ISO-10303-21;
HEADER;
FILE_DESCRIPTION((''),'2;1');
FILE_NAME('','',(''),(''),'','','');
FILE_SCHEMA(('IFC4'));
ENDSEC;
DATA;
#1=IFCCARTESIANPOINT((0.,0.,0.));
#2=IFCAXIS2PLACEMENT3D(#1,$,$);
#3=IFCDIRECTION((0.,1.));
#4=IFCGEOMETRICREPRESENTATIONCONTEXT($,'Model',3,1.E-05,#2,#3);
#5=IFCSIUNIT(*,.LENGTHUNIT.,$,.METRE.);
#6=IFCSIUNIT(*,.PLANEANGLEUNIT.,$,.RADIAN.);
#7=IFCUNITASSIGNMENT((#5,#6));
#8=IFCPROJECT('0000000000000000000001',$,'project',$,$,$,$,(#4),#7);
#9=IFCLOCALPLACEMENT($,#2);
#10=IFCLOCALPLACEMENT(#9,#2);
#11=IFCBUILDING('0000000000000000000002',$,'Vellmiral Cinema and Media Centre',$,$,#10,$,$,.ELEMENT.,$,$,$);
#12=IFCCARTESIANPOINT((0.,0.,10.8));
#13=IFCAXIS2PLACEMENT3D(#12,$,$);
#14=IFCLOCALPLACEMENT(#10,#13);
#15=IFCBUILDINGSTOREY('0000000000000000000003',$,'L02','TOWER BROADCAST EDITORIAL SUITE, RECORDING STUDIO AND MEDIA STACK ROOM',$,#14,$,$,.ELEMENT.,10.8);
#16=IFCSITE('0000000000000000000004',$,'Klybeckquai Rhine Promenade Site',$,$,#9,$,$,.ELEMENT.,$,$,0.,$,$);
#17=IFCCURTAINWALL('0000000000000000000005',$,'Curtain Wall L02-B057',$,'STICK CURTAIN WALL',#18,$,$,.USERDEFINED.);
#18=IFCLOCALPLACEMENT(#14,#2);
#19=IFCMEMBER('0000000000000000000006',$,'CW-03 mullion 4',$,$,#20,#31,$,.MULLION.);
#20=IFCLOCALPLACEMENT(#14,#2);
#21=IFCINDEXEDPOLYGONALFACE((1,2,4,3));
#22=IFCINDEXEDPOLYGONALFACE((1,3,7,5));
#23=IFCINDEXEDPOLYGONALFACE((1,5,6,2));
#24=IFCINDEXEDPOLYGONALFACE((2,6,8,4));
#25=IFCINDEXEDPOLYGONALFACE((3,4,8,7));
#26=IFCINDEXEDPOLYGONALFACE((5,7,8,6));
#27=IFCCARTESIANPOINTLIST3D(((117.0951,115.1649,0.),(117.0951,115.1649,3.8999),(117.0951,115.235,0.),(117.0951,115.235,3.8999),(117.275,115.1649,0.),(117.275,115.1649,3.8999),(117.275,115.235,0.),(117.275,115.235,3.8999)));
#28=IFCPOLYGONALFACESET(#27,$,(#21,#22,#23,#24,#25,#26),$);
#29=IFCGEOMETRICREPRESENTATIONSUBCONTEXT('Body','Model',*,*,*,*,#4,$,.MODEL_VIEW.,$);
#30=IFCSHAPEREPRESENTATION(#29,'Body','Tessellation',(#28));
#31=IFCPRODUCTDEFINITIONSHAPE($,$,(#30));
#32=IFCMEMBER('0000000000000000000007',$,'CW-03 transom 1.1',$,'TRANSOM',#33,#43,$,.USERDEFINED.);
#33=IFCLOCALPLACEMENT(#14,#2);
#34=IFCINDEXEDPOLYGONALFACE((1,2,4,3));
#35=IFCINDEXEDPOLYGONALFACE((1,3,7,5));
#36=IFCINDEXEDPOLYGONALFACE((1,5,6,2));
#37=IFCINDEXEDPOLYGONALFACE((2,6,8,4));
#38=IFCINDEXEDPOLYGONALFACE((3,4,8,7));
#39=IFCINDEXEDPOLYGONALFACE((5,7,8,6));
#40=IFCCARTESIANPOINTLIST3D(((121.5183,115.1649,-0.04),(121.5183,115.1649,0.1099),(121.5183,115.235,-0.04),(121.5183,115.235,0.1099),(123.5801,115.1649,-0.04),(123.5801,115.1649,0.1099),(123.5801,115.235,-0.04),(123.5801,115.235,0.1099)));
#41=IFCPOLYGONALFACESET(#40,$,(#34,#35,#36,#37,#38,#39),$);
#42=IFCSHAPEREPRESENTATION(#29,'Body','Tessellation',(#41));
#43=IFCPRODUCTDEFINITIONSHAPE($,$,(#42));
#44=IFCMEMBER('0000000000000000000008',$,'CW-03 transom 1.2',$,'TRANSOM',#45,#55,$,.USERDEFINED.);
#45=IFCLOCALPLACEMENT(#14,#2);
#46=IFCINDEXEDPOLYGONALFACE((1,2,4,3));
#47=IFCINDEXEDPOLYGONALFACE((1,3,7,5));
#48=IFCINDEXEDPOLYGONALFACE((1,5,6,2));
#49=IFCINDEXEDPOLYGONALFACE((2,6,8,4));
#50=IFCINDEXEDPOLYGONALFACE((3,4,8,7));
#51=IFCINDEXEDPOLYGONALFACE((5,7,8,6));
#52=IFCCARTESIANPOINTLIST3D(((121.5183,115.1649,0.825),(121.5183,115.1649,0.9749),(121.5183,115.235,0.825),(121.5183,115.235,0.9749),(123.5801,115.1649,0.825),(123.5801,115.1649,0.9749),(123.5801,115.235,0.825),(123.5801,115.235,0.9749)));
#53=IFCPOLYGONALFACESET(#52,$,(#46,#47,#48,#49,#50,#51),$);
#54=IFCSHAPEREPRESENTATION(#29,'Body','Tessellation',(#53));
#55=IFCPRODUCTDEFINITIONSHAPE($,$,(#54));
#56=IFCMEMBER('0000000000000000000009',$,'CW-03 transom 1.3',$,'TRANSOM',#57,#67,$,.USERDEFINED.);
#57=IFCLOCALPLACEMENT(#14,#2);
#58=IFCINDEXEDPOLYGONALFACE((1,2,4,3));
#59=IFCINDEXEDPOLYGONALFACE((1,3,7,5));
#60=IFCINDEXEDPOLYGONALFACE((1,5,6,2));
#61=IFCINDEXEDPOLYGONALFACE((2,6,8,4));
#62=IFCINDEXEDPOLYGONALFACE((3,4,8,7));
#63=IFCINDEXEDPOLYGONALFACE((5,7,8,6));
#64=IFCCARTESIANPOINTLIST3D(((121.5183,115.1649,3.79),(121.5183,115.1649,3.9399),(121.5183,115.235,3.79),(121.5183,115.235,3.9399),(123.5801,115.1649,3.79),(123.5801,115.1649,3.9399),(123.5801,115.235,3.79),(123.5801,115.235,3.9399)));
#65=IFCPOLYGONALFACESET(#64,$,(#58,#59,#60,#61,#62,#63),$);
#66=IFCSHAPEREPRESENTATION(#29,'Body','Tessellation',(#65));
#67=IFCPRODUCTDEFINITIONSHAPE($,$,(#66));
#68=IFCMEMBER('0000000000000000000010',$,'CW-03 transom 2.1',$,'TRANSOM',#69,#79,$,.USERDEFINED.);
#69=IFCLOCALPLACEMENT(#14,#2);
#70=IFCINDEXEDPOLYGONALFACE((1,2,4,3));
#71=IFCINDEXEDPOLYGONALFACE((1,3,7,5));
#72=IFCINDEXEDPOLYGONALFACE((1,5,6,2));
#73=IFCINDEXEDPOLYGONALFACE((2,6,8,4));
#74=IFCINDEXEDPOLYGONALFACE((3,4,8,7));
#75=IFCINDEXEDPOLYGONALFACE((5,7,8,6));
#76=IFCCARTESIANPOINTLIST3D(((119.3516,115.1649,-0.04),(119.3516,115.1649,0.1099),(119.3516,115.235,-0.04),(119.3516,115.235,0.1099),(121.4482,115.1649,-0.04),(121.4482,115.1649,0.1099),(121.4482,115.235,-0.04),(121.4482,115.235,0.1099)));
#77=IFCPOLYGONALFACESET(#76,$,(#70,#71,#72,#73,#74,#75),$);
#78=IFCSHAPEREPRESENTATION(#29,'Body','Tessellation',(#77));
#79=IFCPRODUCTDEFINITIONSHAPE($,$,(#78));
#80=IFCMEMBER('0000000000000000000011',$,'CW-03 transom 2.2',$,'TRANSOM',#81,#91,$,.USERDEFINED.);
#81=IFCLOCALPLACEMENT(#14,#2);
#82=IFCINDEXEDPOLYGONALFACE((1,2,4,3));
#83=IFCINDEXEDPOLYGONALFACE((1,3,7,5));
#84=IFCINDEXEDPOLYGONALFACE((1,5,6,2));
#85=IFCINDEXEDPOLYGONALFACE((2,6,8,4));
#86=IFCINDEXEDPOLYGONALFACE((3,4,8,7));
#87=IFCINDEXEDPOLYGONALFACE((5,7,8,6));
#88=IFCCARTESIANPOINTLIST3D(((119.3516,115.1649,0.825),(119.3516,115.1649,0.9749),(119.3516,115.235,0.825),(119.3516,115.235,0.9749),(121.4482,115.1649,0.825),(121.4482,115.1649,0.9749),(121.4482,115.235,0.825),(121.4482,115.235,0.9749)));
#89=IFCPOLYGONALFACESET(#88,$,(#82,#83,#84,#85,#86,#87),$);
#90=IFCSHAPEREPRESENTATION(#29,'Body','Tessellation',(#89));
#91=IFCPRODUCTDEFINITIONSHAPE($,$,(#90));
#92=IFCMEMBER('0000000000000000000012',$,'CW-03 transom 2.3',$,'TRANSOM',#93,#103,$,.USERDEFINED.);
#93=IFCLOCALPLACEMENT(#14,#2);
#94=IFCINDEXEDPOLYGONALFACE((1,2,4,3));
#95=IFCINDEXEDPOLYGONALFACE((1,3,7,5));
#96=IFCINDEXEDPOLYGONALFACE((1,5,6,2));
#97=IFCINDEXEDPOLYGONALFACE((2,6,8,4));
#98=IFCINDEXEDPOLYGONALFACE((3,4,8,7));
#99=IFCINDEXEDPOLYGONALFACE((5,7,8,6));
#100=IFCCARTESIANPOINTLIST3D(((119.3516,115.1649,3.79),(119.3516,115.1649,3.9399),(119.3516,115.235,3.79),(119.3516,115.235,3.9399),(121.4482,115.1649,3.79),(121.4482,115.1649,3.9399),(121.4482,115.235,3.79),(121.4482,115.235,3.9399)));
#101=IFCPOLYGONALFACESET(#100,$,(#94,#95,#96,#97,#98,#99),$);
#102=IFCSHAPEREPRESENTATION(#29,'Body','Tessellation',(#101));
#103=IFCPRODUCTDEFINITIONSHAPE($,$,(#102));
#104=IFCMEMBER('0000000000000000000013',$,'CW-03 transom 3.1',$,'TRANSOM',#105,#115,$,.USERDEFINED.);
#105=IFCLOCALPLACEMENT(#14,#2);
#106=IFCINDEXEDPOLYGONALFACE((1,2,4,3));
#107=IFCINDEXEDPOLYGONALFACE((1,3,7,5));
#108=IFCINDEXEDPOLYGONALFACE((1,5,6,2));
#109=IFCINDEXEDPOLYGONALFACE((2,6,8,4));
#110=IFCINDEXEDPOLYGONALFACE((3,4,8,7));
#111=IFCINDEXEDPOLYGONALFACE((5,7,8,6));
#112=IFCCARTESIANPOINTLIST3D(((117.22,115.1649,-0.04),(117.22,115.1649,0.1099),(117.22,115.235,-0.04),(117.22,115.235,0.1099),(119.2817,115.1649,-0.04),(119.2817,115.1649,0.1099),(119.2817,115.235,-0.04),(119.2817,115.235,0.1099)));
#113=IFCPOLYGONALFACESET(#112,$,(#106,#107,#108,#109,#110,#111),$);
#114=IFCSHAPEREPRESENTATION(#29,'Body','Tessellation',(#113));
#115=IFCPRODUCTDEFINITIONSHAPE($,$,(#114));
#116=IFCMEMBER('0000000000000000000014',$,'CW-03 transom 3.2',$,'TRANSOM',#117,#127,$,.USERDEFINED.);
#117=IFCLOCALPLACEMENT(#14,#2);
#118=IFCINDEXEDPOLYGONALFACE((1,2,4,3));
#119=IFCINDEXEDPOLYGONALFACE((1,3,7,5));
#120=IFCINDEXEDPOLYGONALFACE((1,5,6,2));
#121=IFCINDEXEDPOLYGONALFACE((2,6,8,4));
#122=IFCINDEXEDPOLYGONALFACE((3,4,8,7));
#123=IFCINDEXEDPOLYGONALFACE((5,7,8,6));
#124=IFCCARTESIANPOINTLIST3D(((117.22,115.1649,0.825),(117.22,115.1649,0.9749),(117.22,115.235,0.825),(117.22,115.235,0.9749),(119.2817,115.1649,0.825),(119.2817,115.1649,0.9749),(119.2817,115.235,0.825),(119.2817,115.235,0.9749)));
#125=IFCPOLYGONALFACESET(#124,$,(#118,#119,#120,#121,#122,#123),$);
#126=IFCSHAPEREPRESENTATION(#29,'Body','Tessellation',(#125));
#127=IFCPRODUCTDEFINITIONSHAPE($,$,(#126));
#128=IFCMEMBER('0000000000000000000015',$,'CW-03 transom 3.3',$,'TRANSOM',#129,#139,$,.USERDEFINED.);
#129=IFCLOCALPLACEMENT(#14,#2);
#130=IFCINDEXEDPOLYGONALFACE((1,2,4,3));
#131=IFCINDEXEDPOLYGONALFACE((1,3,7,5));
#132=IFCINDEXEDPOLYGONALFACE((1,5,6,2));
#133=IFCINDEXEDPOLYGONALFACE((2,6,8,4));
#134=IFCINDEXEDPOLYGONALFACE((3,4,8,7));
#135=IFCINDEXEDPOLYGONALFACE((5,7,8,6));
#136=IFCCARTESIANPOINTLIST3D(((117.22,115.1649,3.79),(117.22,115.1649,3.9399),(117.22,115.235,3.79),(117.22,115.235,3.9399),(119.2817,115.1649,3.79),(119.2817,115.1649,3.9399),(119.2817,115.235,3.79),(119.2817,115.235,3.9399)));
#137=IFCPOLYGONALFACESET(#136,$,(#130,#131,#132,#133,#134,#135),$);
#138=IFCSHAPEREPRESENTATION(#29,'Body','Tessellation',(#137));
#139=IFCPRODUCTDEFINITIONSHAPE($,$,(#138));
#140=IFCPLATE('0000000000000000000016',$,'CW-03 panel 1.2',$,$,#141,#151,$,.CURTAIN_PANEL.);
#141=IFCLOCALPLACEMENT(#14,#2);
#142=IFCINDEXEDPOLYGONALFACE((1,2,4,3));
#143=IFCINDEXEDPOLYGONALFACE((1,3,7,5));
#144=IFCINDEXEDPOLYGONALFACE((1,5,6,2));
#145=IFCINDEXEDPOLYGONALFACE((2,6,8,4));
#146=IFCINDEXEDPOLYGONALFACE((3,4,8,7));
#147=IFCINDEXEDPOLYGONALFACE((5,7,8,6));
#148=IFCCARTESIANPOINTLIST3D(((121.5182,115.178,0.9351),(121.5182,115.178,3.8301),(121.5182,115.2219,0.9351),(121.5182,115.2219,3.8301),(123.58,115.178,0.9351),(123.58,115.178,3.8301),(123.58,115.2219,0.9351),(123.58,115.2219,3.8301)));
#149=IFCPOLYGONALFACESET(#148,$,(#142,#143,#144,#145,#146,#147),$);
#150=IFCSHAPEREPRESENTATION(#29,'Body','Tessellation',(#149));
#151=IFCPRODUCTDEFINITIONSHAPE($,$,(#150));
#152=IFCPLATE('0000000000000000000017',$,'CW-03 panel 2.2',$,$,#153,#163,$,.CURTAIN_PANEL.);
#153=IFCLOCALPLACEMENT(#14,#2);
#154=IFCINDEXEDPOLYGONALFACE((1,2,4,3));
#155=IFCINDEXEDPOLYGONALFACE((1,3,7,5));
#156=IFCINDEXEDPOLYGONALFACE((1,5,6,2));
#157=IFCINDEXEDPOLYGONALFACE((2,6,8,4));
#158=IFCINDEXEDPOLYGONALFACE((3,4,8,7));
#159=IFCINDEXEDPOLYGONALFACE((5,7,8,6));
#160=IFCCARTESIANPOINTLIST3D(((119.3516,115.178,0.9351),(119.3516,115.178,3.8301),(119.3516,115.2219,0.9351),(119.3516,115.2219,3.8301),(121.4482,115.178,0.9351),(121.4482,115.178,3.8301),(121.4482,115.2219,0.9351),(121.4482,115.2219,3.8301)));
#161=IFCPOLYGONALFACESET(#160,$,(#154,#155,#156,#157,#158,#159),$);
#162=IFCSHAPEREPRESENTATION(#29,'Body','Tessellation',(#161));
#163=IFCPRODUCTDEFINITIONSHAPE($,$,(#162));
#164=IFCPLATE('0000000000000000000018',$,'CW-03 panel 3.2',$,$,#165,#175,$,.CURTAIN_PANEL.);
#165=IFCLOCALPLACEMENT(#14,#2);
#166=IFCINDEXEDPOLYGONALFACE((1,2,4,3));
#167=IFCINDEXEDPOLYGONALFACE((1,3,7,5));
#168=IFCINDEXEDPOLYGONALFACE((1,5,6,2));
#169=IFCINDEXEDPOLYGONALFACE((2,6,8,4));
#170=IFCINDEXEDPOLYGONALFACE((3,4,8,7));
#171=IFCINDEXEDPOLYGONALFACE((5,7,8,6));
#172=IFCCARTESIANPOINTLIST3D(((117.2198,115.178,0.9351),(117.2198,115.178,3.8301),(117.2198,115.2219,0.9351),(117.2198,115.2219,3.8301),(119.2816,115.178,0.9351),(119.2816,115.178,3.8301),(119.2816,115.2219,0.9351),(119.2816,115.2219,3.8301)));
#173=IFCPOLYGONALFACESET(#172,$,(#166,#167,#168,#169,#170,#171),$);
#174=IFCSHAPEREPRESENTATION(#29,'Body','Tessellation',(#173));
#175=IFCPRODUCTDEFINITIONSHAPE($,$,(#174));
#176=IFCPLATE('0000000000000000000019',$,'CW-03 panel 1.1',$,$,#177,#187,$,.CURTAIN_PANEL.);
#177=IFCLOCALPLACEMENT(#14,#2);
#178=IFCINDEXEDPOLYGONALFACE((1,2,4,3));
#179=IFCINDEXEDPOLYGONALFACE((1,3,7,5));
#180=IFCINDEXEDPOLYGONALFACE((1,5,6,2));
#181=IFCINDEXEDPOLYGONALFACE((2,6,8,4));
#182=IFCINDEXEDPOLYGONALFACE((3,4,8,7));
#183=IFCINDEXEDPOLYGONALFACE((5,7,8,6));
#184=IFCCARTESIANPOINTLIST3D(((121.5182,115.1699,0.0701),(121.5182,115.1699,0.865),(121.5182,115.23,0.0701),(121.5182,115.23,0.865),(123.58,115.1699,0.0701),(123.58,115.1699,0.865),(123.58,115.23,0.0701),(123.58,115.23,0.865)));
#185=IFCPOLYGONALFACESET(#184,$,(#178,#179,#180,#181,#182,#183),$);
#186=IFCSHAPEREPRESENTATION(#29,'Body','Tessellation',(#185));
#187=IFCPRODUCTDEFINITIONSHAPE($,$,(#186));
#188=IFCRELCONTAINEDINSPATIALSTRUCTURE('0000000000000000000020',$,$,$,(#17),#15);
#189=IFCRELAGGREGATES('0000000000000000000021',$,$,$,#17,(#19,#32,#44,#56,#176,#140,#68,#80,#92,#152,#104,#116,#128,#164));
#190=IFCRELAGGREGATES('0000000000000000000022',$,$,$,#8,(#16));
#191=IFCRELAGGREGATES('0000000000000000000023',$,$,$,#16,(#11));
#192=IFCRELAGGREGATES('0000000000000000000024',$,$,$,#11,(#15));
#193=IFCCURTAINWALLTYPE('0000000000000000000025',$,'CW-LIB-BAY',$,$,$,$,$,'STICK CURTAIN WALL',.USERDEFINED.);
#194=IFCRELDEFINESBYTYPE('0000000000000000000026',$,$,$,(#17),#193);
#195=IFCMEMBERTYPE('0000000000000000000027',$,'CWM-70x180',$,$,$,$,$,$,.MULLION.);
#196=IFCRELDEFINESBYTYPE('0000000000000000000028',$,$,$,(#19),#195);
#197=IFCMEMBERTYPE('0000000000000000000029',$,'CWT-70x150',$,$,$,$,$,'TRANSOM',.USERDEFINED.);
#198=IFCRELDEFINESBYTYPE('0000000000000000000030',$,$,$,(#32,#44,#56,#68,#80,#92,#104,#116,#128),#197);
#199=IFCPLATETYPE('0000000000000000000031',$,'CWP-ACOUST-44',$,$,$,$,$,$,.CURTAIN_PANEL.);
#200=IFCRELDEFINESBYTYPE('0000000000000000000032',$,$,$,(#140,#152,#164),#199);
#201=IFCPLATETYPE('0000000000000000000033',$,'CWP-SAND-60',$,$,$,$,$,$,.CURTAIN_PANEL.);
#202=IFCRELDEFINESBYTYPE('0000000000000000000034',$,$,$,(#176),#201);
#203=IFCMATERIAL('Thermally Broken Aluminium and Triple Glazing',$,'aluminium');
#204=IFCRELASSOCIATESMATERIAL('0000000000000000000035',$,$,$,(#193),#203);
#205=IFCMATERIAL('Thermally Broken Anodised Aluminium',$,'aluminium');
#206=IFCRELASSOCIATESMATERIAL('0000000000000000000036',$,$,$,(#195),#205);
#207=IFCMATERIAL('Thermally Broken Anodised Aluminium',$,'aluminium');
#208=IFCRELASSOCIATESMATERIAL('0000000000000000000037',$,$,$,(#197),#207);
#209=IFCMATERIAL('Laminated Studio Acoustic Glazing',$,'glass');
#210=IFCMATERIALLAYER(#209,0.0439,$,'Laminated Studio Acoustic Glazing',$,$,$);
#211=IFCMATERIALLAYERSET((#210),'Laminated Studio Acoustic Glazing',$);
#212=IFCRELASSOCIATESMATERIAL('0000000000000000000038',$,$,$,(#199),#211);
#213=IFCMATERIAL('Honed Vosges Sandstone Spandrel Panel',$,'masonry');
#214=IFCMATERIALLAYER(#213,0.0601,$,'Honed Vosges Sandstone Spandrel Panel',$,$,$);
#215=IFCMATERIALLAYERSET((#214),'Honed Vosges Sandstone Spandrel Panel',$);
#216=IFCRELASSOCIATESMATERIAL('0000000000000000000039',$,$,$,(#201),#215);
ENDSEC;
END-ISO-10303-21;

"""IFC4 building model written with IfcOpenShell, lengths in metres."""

from ifc_helpers import new_model, si_unit, direction, frame, origin, origin_2d, place, context, subcontext, project, spatial, rectangle, extrude, material, layer, layer_set, material_profile, profile_set, type_object, element, aggregate, save


model = new_model("IFC4")

# Units and contexts
model_context = context("Model", 3, precision=1e-05, world=origin(), true_north=direction((0.0, 1.0)))
body_context = subcontext(model_context, "Body", "Model", "MODEL_VIEW")
ifc_project = project(units=[si_unit("LENGTHUNIT", "METRE"), si_unit("PLANEANGLEUNIT", "RADIAN")], contexts=[model_context])

# Site, building, storey
site_placement = place(None, origin())
site = spatial("IfcSite", under=ifc_project, at=site_placement, Name="Klybeckquai Rhine Promenade Site", CompositionType="ELEMENT", RefElevation=0.0)
building_placement = place(site_placement, origin())
building = spatial("IfcBuilding", under=site, at=building_placement, Name="Vellmiral Cinema and Media Centre", CompositionType="ELEMENT")
storey_placement = place(building_placement, frame((0.0, 0.0, 10.8)))
storey = spatial("IfcBuildingStorey", under=building, at=storey_placement, Name="L02", Description="TOWER BROADCAST EDITORIAL SUITE, RECORDING STUDIO AND MEDIA STACK ROOM", CompositionType="ELEMENT", Elevation=10.8)

# Curtain wall, members, plates
ifc_material_1 = material(Name="Thermally Broken Aluminium and Triple Glazing", Category="aluminium")
curtain_wall_type = type_object("IfcCurtainWallType", Name="CW-LIB-BAY", ElementType="STICK CURTAIN WALL", PredefinedType="USERDEFINED", material=ifc_material_1)
curtain_wall_placement = place(storey_placement, origin())
curtain_wall = element("IfcCurtainWall", 1, at=curtain_wall_placement, inside=storey, type_object=curtain_wall_type, Name="Curtain Wall L02-B057", ObjectType="STICK CURTAIN WALL", PredefinedType="USERDEFINED")
ifc_material_2 = material(Name="Thermally Broken Anodised Aluminium", Category="aluminium")
ifc_material_profile_1 = material_profile(ifc_material_2, rectangle(XDim=0.0701, YDim=0.1799, at=origin_2d()), Name="MULL 70x180")
ifc_profile_set_1 = profile_set([ifc_material_profile_1], Name="Thermally Broken Anodised Aluminium")
member_type_1 = type_object("IfcMemberType", Name="CWM-70x180", PredefinedType="MULLION", material=ifc_profile_set_1)
member_1_placement = place(storey_placement, frame((117.1851, 115.2, 0.0), z_axis=(0.0, 0.0, 1.0), x_axis=(0.0, -1.0, 0.0)))
member_1 = element("IfcMember", 2, at=member_1_placement, type_object=member_type_1, Name="CW-03 mullion 4", PredefinedType="MULLION", context=body_context, shape_type="SweptSolid", body=[
    extrude(rectangle(XDim=0.0701, YDim=0.1799, at=origin_2d()), origin(), (0.0, 0.0, 1.0), 3.8999),
])
ifc_material_3 = material(Name="Thermally Broken Anodised Aluminium", Category="aluminium")
ifc_material_profile_2 = material_profile(ifc_material_3, rectangle(XDim=0.0701, YDim=0.1499, at=origin_2d()), Name="MULL 70x150")
ifc_profile_set_2 = profile_set([ifc_material_profile_2], Name="Thermally Broken Anodised Aluminium")
member_type_2 = type_object("IfcMemberType", Name="CWT-70x150", ElementType="TRANSOM", PredefinedType="USERDEFINED", material=ifc_profile_set_2)
member_2_placement = place(storey_placement, frame((123.5801, 115.2, 0.0349), z_axis=(-1.0, 0.0, 0.0), x_axis=(0.0, -1.0, 0.0)))
member_2 = element("IfcMember", 3, at=member_2_placement, type_object=member_type_2, Name="CW-03 transom 1.1", ObjectType="TRANSOM", PredefinedType="USERDEFINED", context=body_context, shape_type="SweptSolid", body=[
    extrude(rectangle(XDim=0.0701, YDim=0.1499, at=origin_2d()), origin(), (0.0, 0.0, 1.0), 2.0618),
])
member_3_placement = place(storey_placement, frame((123.5801, 115.2, 0.8999), z_axis=(-1.0, 0.0, 0.0), x_axis=(0.0, -1.0, 0.0)))
member_3 = element("IfcMember", 4, at=member_3_placement, type_object=member_type_2, Name="CW-03 transom 1.2", ObjectType="TRANSOM", PredefinedType="USERDEFINED", context=body_context, shape_type="SweptSolid", body=[
    extrude(rectangle(XDim=0.0701, YDim=0.1499, at=origin_2d()), origin(), (0.0, 0.0, 1.0), 2.0618),
])
member_4_placement = place(storey_placement, frame((123.5801, 115.2, 3.865), z_axis=(-1.0, 0.0, 0.0), x_axis=(0.0, -1.0, 0.0)))
member_4 = element("IfcMember", 5, at=member_4_placement, type_object=member_type_2, Name="CW-03 transom 1.3", ObjectType="TRANSOM", PredefinedType="USERDEFINED", context=body_context, shape_type="SweptSolid", body=[
    extrude(rectangle(XDim=0.0701, YDim=0.1499, at=origin_2d()), origin(), (0.0, 0.0, 1.0), 2.0618),
])
member_5_placement = place(storey_placement, frame((121.4482, 115.2, 0.0349), z_axis=(-1.0, 0.0, 0.0), x_axis=(0.0, -1.0, 0.0)))
member_5 = element("IfcMember", 6, at=member_5_placement, type_object=member_type_2, Name="CW-03 transom 2.1", ObjectType="TRANSOM", PredefinedType="USERDEFINED", context=body_context, shape_type="SweptSolid", body=[
    extrude(rectangle(XDim=0.0701, YDim=0.1499, at=origin_2d()), origin(), (0.0, 0.0, 1.0), 2.0967),
])
member_6_placement = place(storey_placement, frame((121.4482, 115.2, 0.8999), z_axis=(-1.0, 0.0, 0.0), x_axis=(0.0, -1.0, 0.0)))
member_6 = element("IfcMember", 7, at=member_6_placement, type_object=member_type_2, Name="CW-03 transom 2.2", ObjectType="TRANSOM", PredefinedType="USERDEFINED", context=body_context, shape_type="SweptSolid", body=[
    extrude(rectangle(XDim=0.0701, YDim=0.1499, at=origin_2d()), origin(), (0.0, 0.0, 1.0), 2.0967),
])
member_7_placement = place(storey_placement, frame((121.4482, 115.2, 3.865), z_axis=(-1.0, 0.0, 0.0), x_axis=(0.0, -1.0, 0.0)))
member_7 = element("IfcMember", 8, at=member_7_placement, type_object=member_type_2, Name="CW-03 transom 2.3", ObjectType="TRANSOM", PredefinedType="USERDEFINED", context=body_context, shape_type="SweptSolid", body=[
    extrude(rectangle(XDim=0.0701, YDim=0.1499, at=origin_2d()), origin(), (0.0, 0.0, 1.0), 2.0967),
])
member_8_placement = place(storey_placement, frame((119.2817, 115.2, 0.0349), z_axis=(-1.0, 0.0, 0.0), x_axis=(0.0, -1.0, 0.0)))
member_8 = element("IfcMember", 9, at=member_8_placement, type_object=member_type_2, Name="CW-03 transom 3.1", ObjectType="TRANSOM", PredefinedType="USERDEFINED", context=body_context, shape_type="SweptSolid", body=[
    extrude(rectangle(XDim=0.0701, YDim=0.1499, at=origin_2d()), origin(), (0.0, 0.0, 1.0), 2.0618),
])
member_9_placement = place(storey_placement, frame((119.2817, 115.2, 0.8999), z_axis=(-1.0, 0.0, 0.0), x_axis=(0.0, -1.0, 0.0)))
member_9 = element("IfcMember", 10, at=member_9_placement, type_object=member_type_2, Name="CW-03 transom 3.2", ObjectType="TRANSOM", PredefinedType="USERDEFINED", context=body_context, shape_type="SweptSolid", body=[
    extrude(rectangle(XDim=0.0701, YDim=0.1499, at=origin_2d()), origin(), (0.0, 0.0, 1.0), 2.0618),
])
member_10_placement = place(storey_placement, frame((119.2817, 115.2, 3.865), z_axis=(-1.0, 0.0, 0.0), x_axis=(0.0, -1.0, 0.0)))
member_10 = element("IfcMember", 11, at=member_10_placement, type_object=member_type_2, Name="CW-03 transom 3.3", ObjectType="TRANSOM", PredefinedType="USERDEFINED", context=body_context, shape_type="SweptSolid", body=[
    extrude(rectangle(XDim=0.0701, YDim=0.1499, at=origin_2d()), origin(), (0.0, 0.0, 1.0), 2.0618),
])
ifc_material_4 = material(Name="Laminated Studio Acoustic Glazing", Category="glass")
ifc_layer_1 = layer(ifc_material_4, 0.0439, Name="Laminated Studio Acoustic Glazing")
ifc_layer_set_1 = layer_set([ifc_layer_1], Name="Laminated Studio Acoustic Glazing")
plate_type_1 = type_object("IfcPlateType", Name="CWP-ACOUST-44", PredefinedType="CURTAIN_PANEL", material=ifc_layer_set_1)
plate_1_placement = place(storey_placement, frame((122.5491, 115.2, 0.9351), z_axis=(0.0, 0.0, 1.0), x_axis=(-1.0, 0.0, 0.0)))
plate_1 = element("IfcPlate", 12, at=plate_1_placement, type_object=plate_type_1, Name="CW-03 panel 1.2", PredefinedType="CURTAIN_PANEL", context=body_context, shape_type="SweptSolid", body=[
    extrude(rectangle(XDim=2.0618, YDim=0.0439, at=origin_2d()), origin(), (0.0, 0.0, 1.0), 2.895),
])
plate_2_placement = place(storey_placement, frame((120.3999, 115.2, 0.9351), z_axis=(0.0, 0.0, 1.0), x_axis=(-1.0, 0.0, 0.0)))
plate_2 = element("IfcPlate", 13, at=plate_2_placement, type_object=plate_type_1, Name="CW-03 panel 2.2", PredefinedType="CURTAIN_PANEL", context=body_context, shape_type="SweptSolid", body=[
    extrude(rectangle(XDim=2.0967, YDim=0.0439, at=origin_2d()), origin(), (0.0, 0.0, 1.0), 2.895),
])
plate_3_placement = place(storey_placement, frame((118.2507, 115.2, 0.9351), z_axis=(0.0, 0.0, 1.0), x_axis=(-1.0, 0.0, 0.0)))
plate_3 = element("IfcPlate", 14, at=plate_3_placement, type_object=plate_type_1, Name="CW-03 panel 3.2", PredefinedType="CURTAIN_PANEL", context=body_context, shape_type="SweptSolid", body=[
    extrude(rectangle(XDim=2.0618, YDim=0.0439, at=origin_2d()), origin(), (0.0, 0.0, 1.0), 2.895),
])
ifc_material_5 = material(Name="Honed Vosges Sandstone Spandrel Panel", Category="masonry")
ifc_layer_2 = layer(ifc_material_5, 0.0601, Name="Honed Vosges Sandstone Spandrel Panel")
ifc_layer_set_2 = layer_set([ifc_layer_2], Name="Honed Vosges Sandstone Spandrel Panel")
plate_type_2 = type_object("IfcPlateType", Name="CWP-SAND-60", PredefinedType="CURTAIN_PANEL", material=ifc_layer_set_2)
plate_4_placement = place(storey_placement, frame((122.5491, 115.2, 0.0701), z_axis=(0.0, 0.0, 1.0), x_axis=(-1.0, 0.0, 0.0)))
plate_4 = element("IfcPlate", 15, at=plate_4_placement, type_object=plate_type_2, Name="CW-03 panel 1.1", PredefinedType="CURTAIN_PANEL", context=body_context, shape_type="SweptSolid", body=[
    extrude(rectangle(XDim=2.0618, YDim=0.0601, at=origin_2d()), origin(), (0.0, 0.0, 1.0), 0.7949),
])
aggregate(curtain_wall, [member_1, member_2, member_3, member_4, plate_4, plate_1, member_5, member_6, member_7, plate_2, member_8, member_9, member_10, plate_3])

save(model, "model.ifc")
